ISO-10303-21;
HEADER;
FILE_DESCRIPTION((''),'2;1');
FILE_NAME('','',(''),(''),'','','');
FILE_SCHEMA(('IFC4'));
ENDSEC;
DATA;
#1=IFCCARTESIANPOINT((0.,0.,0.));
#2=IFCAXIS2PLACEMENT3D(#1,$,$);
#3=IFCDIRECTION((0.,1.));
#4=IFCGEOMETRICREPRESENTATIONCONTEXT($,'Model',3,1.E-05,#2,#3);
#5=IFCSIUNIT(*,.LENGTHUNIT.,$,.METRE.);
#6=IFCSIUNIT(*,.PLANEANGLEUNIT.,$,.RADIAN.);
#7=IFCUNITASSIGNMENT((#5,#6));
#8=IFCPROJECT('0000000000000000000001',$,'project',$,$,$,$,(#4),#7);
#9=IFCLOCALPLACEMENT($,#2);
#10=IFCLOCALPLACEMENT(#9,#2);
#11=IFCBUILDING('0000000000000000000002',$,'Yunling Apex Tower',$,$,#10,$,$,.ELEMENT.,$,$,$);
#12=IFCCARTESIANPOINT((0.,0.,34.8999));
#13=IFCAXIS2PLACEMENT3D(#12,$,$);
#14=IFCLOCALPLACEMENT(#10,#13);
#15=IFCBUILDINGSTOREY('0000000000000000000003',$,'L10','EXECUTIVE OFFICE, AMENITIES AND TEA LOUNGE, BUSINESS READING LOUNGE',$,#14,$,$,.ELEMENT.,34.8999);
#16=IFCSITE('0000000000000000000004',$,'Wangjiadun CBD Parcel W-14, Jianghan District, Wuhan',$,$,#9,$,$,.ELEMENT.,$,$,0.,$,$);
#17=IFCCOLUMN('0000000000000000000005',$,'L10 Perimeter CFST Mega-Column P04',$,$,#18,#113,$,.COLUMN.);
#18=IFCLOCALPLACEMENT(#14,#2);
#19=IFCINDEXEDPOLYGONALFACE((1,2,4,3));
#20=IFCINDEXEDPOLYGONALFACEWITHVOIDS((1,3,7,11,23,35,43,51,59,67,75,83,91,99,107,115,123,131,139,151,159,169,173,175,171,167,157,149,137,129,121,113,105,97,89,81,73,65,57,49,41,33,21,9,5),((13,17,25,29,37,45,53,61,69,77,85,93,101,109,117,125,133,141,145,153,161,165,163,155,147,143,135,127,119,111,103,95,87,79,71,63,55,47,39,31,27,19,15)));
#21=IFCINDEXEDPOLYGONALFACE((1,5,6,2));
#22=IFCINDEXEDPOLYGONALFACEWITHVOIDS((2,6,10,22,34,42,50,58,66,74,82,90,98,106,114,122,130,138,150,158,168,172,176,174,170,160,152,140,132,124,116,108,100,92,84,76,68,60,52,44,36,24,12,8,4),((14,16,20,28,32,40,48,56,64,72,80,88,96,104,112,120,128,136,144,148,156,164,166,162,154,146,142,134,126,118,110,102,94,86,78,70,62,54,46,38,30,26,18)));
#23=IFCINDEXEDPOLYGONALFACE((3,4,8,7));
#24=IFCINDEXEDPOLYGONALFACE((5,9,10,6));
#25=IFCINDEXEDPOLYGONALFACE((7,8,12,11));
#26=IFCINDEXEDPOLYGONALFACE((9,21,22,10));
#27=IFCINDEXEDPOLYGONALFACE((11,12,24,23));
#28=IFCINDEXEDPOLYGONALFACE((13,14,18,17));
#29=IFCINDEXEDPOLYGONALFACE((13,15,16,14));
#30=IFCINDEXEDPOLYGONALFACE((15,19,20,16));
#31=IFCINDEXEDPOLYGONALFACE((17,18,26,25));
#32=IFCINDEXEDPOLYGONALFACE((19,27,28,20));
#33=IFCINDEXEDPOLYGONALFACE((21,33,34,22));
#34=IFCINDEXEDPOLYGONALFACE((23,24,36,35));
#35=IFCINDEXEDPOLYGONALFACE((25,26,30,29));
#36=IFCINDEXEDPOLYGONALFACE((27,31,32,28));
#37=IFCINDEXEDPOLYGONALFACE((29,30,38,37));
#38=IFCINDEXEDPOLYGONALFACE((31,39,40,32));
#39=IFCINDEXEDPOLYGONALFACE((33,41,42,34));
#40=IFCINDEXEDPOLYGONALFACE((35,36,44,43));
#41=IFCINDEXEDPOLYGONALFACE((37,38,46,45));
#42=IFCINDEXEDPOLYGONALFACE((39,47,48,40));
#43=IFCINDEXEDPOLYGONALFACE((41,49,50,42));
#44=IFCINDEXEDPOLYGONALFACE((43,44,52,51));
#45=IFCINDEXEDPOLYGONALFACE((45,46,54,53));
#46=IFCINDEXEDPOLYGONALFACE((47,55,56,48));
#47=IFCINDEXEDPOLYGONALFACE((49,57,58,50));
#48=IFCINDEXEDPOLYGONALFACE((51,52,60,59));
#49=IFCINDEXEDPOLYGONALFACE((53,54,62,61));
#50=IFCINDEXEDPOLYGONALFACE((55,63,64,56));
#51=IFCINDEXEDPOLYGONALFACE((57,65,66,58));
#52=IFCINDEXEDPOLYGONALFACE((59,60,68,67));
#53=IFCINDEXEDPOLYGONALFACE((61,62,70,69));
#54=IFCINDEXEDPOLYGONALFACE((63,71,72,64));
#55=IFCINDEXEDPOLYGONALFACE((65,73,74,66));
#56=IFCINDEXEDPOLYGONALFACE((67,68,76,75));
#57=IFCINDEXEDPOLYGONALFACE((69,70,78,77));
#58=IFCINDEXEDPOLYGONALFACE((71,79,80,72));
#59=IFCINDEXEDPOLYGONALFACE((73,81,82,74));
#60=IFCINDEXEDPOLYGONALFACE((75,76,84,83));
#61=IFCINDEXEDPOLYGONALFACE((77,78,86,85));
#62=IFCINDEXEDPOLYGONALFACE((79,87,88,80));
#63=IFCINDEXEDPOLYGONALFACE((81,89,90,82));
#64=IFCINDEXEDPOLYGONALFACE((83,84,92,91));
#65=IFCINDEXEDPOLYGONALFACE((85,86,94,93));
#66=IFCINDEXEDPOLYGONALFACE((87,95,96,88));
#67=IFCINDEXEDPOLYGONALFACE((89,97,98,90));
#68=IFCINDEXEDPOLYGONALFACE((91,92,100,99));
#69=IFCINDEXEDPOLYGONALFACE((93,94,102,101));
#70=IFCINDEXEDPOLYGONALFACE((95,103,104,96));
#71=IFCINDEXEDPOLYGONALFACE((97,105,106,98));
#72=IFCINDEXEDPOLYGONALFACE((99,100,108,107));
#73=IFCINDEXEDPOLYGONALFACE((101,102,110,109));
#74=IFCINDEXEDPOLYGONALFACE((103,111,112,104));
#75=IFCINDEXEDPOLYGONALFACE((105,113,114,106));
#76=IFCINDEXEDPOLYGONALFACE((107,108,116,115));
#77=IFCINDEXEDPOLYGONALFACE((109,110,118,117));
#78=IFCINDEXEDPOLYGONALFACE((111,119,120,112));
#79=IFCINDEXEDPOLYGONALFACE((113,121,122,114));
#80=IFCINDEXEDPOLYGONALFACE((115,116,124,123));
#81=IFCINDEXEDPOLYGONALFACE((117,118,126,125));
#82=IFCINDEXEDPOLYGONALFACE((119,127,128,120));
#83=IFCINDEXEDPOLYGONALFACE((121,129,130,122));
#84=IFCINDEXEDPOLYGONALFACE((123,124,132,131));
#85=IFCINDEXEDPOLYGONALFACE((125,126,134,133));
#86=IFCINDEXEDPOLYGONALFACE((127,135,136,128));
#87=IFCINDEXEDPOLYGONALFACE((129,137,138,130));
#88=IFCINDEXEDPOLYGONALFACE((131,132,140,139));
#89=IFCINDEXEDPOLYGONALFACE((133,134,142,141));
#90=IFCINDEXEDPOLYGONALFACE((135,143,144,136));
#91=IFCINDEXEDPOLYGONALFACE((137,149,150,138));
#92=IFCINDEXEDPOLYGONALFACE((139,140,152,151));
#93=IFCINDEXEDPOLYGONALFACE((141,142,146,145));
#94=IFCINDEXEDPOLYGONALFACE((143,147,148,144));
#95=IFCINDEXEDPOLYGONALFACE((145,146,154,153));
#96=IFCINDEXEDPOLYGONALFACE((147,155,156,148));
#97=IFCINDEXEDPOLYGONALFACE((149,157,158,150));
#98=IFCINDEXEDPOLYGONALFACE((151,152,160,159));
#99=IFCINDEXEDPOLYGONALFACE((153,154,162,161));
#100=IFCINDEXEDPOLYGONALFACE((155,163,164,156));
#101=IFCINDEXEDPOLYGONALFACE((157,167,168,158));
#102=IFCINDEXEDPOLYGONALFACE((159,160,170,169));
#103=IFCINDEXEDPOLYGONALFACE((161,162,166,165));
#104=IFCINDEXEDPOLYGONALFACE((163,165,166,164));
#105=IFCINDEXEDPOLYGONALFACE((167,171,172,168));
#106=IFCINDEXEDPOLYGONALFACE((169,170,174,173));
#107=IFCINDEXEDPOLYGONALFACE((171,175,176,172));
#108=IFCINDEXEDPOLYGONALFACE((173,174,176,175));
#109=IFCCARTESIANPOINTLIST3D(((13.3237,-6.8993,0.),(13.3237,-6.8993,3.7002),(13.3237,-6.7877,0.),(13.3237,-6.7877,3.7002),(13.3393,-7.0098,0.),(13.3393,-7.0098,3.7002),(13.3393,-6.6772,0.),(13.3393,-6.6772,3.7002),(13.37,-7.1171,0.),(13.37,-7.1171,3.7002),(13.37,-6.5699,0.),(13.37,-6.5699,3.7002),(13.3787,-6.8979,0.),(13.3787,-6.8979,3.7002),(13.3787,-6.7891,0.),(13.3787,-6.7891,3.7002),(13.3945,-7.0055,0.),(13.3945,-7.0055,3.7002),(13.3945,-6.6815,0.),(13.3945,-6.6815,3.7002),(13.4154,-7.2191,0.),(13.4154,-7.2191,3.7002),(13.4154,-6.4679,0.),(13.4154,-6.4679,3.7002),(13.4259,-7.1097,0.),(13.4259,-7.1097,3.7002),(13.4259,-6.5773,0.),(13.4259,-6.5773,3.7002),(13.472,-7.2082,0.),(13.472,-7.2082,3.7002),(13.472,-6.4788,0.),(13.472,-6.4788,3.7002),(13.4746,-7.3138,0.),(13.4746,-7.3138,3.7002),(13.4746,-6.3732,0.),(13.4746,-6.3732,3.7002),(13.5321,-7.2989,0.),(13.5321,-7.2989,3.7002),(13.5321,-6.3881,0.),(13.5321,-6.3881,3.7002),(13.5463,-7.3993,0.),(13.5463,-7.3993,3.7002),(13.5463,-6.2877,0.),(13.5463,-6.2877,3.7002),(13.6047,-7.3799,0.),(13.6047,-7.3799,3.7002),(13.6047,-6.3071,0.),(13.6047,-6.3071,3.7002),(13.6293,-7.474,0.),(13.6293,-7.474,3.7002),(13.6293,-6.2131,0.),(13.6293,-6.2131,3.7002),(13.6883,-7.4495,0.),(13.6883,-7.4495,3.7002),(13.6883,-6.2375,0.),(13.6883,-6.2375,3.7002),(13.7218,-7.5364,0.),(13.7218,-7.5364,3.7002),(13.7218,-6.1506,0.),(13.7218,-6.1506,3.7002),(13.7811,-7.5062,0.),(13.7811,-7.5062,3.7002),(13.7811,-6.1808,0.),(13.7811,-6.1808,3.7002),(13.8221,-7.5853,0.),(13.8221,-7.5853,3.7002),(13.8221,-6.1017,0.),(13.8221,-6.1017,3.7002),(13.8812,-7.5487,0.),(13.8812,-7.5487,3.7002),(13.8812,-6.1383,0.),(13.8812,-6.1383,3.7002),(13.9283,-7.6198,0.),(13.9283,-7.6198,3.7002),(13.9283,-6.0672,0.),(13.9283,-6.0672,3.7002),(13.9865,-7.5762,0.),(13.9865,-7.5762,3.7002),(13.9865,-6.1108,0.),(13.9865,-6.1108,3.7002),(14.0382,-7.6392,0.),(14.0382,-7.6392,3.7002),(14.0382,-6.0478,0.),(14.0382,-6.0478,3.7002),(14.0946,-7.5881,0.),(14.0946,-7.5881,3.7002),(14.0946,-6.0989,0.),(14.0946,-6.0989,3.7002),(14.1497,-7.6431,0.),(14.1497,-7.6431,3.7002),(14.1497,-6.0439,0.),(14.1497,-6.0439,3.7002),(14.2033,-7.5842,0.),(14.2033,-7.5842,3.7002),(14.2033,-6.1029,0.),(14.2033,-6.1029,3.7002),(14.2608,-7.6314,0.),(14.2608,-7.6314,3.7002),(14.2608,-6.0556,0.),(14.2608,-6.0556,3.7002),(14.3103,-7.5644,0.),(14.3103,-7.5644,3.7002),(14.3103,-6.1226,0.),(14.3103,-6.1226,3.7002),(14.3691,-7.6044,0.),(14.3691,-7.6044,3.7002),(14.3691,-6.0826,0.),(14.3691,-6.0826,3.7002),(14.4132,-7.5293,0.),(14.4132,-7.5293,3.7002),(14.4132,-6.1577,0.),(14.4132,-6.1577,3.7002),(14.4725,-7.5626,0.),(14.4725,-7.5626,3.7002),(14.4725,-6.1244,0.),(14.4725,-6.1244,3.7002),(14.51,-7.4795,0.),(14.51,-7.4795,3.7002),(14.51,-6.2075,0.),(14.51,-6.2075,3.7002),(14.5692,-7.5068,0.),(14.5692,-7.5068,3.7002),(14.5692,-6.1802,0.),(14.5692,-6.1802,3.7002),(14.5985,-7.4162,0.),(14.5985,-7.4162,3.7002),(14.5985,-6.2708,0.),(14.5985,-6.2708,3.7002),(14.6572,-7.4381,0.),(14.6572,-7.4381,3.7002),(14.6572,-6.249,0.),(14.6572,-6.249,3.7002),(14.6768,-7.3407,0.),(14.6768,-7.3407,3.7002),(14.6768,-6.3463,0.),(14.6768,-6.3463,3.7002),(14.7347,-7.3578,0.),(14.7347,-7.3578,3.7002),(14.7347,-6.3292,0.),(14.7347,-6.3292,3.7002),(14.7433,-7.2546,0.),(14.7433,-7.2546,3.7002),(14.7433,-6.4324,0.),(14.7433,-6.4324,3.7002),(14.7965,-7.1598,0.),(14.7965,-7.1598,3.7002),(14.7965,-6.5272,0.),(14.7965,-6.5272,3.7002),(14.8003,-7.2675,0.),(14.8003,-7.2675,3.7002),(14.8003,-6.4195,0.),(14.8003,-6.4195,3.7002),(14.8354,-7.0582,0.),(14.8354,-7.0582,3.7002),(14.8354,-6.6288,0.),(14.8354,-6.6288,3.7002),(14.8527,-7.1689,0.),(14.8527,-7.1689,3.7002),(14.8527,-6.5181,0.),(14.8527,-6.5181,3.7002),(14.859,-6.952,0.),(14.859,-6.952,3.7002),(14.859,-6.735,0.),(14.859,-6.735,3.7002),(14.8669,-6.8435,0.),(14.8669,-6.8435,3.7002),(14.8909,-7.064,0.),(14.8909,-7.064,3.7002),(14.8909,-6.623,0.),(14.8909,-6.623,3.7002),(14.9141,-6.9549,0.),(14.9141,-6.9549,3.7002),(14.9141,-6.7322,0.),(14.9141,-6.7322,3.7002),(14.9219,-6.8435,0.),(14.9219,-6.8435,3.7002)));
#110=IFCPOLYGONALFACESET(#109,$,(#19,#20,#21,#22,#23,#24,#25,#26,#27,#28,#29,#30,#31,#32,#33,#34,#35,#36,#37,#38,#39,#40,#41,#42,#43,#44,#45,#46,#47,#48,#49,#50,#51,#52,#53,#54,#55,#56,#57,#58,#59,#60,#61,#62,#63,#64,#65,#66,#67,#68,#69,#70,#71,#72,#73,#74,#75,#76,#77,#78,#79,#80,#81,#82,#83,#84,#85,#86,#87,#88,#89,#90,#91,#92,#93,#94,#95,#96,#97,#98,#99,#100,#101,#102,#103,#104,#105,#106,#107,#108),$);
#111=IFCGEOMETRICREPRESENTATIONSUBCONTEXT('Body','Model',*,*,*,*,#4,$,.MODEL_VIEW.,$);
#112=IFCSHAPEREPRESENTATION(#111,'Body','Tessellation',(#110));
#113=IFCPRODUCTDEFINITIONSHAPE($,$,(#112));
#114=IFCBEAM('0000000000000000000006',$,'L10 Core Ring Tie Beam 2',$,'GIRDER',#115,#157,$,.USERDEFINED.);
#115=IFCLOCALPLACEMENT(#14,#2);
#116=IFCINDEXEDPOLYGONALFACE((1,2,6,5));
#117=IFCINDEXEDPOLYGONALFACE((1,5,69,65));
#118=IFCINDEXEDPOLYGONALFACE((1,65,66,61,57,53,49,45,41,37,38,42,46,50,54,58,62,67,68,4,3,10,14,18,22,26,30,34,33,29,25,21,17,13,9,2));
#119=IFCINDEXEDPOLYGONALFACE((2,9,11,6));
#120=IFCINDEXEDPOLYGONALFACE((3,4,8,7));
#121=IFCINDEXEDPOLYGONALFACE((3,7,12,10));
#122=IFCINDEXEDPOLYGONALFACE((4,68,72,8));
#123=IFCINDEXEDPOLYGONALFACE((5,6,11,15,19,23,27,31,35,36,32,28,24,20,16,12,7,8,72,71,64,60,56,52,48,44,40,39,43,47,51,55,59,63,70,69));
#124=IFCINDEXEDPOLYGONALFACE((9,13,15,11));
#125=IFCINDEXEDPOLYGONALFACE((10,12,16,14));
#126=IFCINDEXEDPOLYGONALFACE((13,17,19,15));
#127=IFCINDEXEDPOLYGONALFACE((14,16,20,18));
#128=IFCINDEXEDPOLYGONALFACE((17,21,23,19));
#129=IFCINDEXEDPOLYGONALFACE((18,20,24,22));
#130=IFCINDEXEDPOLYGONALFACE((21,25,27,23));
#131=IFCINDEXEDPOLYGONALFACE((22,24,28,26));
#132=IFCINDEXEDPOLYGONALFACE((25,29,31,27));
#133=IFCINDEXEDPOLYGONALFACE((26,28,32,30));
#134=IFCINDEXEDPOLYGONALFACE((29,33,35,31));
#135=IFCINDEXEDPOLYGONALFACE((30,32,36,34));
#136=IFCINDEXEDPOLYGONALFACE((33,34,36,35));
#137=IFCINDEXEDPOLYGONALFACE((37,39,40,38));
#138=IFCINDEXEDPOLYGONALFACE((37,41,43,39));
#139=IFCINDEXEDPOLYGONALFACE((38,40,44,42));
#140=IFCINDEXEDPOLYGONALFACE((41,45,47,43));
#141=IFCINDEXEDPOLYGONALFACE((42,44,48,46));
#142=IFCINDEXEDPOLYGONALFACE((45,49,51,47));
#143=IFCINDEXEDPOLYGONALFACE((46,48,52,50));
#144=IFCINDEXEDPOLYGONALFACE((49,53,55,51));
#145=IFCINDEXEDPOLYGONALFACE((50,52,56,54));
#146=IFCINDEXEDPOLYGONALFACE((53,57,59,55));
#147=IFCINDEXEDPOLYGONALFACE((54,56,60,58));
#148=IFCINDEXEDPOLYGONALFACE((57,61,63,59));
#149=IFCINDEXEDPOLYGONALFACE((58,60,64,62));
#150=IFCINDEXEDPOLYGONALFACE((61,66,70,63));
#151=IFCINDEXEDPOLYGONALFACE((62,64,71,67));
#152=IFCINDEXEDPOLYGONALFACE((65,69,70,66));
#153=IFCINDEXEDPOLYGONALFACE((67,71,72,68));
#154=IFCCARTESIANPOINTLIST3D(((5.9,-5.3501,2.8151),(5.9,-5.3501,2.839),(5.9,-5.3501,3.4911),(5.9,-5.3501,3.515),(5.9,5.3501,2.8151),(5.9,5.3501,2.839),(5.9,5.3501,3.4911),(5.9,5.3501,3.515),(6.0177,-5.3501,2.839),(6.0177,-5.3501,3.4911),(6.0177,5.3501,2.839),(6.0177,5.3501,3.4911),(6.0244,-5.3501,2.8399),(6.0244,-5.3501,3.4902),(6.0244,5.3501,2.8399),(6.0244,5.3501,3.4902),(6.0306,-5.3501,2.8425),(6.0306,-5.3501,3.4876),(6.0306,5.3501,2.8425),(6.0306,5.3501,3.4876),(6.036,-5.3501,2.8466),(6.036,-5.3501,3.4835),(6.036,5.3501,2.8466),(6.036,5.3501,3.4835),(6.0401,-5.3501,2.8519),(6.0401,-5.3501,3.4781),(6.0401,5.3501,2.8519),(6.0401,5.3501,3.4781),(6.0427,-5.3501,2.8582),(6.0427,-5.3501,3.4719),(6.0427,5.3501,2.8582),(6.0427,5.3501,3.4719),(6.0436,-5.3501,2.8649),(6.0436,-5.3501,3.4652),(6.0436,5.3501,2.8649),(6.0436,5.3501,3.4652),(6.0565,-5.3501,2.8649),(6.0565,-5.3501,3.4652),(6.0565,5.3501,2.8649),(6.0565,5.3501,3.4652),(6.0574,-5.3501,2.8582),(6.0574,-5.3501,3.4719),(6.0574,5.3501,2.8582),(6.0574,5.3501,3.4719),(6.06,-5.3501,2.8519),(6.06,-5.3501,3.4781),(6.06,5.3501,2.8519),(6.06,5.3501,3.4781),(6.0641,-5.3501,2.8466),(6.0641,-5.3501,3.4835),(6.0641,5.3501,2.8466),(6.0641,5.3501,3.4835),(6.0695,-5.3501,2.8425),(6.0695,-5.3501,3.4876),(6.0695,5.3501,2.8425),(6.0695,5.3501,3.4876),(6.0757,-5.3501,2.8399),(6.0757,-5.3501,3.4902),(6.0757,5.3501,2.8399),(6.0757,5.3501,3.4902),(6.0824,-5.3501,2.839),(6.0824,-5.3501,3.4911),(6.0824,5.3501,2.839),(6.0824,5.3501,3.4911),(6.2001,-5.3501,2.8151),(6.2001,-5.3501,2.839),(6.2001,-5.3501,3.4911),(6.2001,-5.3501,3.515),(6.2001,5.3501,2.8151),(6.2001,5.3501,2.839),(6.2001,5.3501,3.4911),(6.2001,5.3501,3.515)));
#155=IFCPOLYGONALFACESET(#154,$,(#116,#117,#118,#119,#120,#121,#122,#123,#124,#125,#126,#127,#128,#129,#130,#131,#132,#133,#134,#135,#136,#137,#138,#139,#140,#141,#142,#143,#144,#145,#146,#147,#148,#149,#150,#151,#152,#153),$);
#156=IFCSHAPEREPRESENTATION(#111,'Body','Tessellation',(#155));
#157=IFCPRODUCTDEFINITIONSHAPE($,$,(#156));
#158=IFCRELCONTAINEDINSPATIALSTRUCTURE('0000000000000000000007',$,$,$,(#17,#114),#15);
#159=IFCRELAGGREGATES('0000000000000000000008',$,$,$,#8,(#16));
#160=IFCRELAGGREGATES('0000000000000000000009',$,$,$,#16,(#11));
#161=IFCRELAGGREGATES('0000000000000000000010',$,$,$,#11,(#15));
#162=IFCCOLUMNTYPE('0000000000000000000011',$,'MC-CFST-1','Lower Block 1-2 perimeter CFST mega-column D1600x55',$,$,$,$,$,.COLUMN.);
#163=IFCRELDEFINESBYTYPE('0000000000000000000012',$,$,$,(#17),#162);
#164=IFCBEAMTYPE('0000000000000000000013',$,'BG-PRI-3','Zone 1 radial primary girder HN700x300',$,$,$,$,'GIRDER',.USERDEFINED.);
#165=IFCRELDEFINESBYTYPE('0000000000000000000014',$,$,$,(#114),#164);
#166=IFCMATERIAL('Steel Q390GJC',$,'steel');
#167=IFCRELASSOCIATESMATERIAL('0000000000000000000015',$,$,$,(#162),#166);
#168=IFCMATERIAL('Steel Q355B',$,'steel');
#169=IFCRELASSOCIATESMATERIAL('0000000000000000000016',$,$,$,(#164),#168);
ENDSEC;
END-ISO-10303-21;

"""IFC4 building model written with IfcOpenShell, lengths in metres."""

from ifc_helpers import new_model, si_unit, direction, frame, origin, origin_2d, place, context, subcontext, project, spatial, hollow_circle, i_section, extrude, source, transform, mapped, material, material_profile, profile_set, type_object, element, save


model = new_model("IFC4")

# Units and contexts
model_context = context("Model", 3, precision=1e-05, world=origin(), true_north=direction((0.0, 1.0)))
body_context = subcontext(model_context, "Body", "Model", "MODEL_VIEW")
ifc_project = project(units=[si_unit("LENGTHUNIT", "METRE"), si_unit("PLANEANGLEUNIT", "RADIAN")], contexts=[model_context])

# Site, building, storey
site_placement = place(None, origin())
site = spatial("IfcSite", under=ifc_project, at=site_placement, Name="Wangjiadun CBD Parcel W-14, Jianghan District, Wuhan", CompositionType="ELEMENT", RefElevation=0.0)
building_placement = place(site_placement, origin())
building = spatial("IfcBuilding", under=site, at=building_placement, Name="Yunling Apex Tower", CompositionType="ELEMENT")
storey_placement = place(building_placement, frame((0.0, 0.0, 34.8999)))
storey = spatial("IfcBuildingStorey", under=building, at=storey_placement, Name="L10", Description="EXECUTIVE OFFICE, AMENITIES AND TEA LOUNGE, BUSINESS READING LOUNGE", CompositionType="ELEMENT", Elevation=34.8999)

# Column
ifc_material_1 = material(Name="Steel Q390GJC", Category="steel")
ifc_material_profile_1 = material_profile(ifc_material_1, hollow_circle(Radius=0.8, WallThickness=0.0549, at=origin_2d()))
ifc_profile_set_1 = profile_set([ifc_material_profile_1], Name="Steel Q390GJC")
column_type_1 = type_object("IfcColumnType", Name="MC-CFST-1", Description="Lower Block 1-2 perimeter CFST mega-column D1600x55", PredefinedType="COLUMN", material=ifc_profile_set_1)
shared_shape_1 = source(origin(), body_context, "Body", "SweptSolid", [
    extrude(hollow_circle(Radius=0.8, WallThickness=0.0549, at=origin_2d()), origin(), (0.0, 0.0, 1.0), 3.7002),
])
for number, where, z_axis, x_axis, name in (
    (1, (14.1218, -6.8435, 0.0), (0.0, 0.0, 1.0), (1.0, 0.0, 0.0), "L10 Perimeter CFST Mega-Column P04"),
):
    element("IfcColumn", number, at=place(storey_placement, frame(where, z_axis=z_axis, x_axis=x_axis)), inside=storey, type_object=column_type_1, Name=name, PredefinedType="COLUMN", context=body_context, shape_type="MappedRepresentation", body=[
        mapped(shared_shape_1, transform((0.0, 0.0, 0.0), scale=1.0)),
    ])

# Beam
ifc_material_2 = material(Name="Steel Q355B", Category="steel")
ifc_material_profile_2 = material_profile(ifc_material_2, i_section(OverallWidth=0.3, OverallDepth=0.7, WebThickness=0.0129, FlangeThickness=0.0239, FilletRadius=0.0259, at=origin_2d()))
ifc_profile_set_2 = profile_set([ifc_material_profile_2], Name="Steel Q355B")
beam_type_1 = type_object("IfcBeamType", Name="BG-PRI-3", Description="Zone 1 radial primary girder HN700x300", ElementType="GIRDER", PredefinedType="USERDEFINED", material=ifc_profile_set_2)
shared_shape_2 = source(origin(), body_context, "Body", "SweptSolid", [
    extrude(i_section(OverallWidth=0.3, OverallDepth=0.7, WebThickness=0.0129, FlangeThickness=0.0239, FilletRadius=0.0259, at=origin_2d()), origin(), (0.0, 0.0, 1.0), 10.7002),
])
beam_1_placement = place(storey_placement, frame((6.05, -5.3501, 3.165), z_axis=(0.0, 1.0, 0.0), x_axis=(-1.0, 0.0, 0.0)))
element("IfcBeam", 2, at=beam_1_placement, inside=storey, type_object=beam_type_1, Name="L10 Core Ring Tie Beam 2", ObjectType="GIRDER", PredefinedType="USERDEFINED", context=body_context, shape_type="MappedRepresentation", body=[
    mapped(shared_shape_2, transform((0.0, 0.0, 0.0), scale=1.0)),
])

save(model, "model.ifc")
